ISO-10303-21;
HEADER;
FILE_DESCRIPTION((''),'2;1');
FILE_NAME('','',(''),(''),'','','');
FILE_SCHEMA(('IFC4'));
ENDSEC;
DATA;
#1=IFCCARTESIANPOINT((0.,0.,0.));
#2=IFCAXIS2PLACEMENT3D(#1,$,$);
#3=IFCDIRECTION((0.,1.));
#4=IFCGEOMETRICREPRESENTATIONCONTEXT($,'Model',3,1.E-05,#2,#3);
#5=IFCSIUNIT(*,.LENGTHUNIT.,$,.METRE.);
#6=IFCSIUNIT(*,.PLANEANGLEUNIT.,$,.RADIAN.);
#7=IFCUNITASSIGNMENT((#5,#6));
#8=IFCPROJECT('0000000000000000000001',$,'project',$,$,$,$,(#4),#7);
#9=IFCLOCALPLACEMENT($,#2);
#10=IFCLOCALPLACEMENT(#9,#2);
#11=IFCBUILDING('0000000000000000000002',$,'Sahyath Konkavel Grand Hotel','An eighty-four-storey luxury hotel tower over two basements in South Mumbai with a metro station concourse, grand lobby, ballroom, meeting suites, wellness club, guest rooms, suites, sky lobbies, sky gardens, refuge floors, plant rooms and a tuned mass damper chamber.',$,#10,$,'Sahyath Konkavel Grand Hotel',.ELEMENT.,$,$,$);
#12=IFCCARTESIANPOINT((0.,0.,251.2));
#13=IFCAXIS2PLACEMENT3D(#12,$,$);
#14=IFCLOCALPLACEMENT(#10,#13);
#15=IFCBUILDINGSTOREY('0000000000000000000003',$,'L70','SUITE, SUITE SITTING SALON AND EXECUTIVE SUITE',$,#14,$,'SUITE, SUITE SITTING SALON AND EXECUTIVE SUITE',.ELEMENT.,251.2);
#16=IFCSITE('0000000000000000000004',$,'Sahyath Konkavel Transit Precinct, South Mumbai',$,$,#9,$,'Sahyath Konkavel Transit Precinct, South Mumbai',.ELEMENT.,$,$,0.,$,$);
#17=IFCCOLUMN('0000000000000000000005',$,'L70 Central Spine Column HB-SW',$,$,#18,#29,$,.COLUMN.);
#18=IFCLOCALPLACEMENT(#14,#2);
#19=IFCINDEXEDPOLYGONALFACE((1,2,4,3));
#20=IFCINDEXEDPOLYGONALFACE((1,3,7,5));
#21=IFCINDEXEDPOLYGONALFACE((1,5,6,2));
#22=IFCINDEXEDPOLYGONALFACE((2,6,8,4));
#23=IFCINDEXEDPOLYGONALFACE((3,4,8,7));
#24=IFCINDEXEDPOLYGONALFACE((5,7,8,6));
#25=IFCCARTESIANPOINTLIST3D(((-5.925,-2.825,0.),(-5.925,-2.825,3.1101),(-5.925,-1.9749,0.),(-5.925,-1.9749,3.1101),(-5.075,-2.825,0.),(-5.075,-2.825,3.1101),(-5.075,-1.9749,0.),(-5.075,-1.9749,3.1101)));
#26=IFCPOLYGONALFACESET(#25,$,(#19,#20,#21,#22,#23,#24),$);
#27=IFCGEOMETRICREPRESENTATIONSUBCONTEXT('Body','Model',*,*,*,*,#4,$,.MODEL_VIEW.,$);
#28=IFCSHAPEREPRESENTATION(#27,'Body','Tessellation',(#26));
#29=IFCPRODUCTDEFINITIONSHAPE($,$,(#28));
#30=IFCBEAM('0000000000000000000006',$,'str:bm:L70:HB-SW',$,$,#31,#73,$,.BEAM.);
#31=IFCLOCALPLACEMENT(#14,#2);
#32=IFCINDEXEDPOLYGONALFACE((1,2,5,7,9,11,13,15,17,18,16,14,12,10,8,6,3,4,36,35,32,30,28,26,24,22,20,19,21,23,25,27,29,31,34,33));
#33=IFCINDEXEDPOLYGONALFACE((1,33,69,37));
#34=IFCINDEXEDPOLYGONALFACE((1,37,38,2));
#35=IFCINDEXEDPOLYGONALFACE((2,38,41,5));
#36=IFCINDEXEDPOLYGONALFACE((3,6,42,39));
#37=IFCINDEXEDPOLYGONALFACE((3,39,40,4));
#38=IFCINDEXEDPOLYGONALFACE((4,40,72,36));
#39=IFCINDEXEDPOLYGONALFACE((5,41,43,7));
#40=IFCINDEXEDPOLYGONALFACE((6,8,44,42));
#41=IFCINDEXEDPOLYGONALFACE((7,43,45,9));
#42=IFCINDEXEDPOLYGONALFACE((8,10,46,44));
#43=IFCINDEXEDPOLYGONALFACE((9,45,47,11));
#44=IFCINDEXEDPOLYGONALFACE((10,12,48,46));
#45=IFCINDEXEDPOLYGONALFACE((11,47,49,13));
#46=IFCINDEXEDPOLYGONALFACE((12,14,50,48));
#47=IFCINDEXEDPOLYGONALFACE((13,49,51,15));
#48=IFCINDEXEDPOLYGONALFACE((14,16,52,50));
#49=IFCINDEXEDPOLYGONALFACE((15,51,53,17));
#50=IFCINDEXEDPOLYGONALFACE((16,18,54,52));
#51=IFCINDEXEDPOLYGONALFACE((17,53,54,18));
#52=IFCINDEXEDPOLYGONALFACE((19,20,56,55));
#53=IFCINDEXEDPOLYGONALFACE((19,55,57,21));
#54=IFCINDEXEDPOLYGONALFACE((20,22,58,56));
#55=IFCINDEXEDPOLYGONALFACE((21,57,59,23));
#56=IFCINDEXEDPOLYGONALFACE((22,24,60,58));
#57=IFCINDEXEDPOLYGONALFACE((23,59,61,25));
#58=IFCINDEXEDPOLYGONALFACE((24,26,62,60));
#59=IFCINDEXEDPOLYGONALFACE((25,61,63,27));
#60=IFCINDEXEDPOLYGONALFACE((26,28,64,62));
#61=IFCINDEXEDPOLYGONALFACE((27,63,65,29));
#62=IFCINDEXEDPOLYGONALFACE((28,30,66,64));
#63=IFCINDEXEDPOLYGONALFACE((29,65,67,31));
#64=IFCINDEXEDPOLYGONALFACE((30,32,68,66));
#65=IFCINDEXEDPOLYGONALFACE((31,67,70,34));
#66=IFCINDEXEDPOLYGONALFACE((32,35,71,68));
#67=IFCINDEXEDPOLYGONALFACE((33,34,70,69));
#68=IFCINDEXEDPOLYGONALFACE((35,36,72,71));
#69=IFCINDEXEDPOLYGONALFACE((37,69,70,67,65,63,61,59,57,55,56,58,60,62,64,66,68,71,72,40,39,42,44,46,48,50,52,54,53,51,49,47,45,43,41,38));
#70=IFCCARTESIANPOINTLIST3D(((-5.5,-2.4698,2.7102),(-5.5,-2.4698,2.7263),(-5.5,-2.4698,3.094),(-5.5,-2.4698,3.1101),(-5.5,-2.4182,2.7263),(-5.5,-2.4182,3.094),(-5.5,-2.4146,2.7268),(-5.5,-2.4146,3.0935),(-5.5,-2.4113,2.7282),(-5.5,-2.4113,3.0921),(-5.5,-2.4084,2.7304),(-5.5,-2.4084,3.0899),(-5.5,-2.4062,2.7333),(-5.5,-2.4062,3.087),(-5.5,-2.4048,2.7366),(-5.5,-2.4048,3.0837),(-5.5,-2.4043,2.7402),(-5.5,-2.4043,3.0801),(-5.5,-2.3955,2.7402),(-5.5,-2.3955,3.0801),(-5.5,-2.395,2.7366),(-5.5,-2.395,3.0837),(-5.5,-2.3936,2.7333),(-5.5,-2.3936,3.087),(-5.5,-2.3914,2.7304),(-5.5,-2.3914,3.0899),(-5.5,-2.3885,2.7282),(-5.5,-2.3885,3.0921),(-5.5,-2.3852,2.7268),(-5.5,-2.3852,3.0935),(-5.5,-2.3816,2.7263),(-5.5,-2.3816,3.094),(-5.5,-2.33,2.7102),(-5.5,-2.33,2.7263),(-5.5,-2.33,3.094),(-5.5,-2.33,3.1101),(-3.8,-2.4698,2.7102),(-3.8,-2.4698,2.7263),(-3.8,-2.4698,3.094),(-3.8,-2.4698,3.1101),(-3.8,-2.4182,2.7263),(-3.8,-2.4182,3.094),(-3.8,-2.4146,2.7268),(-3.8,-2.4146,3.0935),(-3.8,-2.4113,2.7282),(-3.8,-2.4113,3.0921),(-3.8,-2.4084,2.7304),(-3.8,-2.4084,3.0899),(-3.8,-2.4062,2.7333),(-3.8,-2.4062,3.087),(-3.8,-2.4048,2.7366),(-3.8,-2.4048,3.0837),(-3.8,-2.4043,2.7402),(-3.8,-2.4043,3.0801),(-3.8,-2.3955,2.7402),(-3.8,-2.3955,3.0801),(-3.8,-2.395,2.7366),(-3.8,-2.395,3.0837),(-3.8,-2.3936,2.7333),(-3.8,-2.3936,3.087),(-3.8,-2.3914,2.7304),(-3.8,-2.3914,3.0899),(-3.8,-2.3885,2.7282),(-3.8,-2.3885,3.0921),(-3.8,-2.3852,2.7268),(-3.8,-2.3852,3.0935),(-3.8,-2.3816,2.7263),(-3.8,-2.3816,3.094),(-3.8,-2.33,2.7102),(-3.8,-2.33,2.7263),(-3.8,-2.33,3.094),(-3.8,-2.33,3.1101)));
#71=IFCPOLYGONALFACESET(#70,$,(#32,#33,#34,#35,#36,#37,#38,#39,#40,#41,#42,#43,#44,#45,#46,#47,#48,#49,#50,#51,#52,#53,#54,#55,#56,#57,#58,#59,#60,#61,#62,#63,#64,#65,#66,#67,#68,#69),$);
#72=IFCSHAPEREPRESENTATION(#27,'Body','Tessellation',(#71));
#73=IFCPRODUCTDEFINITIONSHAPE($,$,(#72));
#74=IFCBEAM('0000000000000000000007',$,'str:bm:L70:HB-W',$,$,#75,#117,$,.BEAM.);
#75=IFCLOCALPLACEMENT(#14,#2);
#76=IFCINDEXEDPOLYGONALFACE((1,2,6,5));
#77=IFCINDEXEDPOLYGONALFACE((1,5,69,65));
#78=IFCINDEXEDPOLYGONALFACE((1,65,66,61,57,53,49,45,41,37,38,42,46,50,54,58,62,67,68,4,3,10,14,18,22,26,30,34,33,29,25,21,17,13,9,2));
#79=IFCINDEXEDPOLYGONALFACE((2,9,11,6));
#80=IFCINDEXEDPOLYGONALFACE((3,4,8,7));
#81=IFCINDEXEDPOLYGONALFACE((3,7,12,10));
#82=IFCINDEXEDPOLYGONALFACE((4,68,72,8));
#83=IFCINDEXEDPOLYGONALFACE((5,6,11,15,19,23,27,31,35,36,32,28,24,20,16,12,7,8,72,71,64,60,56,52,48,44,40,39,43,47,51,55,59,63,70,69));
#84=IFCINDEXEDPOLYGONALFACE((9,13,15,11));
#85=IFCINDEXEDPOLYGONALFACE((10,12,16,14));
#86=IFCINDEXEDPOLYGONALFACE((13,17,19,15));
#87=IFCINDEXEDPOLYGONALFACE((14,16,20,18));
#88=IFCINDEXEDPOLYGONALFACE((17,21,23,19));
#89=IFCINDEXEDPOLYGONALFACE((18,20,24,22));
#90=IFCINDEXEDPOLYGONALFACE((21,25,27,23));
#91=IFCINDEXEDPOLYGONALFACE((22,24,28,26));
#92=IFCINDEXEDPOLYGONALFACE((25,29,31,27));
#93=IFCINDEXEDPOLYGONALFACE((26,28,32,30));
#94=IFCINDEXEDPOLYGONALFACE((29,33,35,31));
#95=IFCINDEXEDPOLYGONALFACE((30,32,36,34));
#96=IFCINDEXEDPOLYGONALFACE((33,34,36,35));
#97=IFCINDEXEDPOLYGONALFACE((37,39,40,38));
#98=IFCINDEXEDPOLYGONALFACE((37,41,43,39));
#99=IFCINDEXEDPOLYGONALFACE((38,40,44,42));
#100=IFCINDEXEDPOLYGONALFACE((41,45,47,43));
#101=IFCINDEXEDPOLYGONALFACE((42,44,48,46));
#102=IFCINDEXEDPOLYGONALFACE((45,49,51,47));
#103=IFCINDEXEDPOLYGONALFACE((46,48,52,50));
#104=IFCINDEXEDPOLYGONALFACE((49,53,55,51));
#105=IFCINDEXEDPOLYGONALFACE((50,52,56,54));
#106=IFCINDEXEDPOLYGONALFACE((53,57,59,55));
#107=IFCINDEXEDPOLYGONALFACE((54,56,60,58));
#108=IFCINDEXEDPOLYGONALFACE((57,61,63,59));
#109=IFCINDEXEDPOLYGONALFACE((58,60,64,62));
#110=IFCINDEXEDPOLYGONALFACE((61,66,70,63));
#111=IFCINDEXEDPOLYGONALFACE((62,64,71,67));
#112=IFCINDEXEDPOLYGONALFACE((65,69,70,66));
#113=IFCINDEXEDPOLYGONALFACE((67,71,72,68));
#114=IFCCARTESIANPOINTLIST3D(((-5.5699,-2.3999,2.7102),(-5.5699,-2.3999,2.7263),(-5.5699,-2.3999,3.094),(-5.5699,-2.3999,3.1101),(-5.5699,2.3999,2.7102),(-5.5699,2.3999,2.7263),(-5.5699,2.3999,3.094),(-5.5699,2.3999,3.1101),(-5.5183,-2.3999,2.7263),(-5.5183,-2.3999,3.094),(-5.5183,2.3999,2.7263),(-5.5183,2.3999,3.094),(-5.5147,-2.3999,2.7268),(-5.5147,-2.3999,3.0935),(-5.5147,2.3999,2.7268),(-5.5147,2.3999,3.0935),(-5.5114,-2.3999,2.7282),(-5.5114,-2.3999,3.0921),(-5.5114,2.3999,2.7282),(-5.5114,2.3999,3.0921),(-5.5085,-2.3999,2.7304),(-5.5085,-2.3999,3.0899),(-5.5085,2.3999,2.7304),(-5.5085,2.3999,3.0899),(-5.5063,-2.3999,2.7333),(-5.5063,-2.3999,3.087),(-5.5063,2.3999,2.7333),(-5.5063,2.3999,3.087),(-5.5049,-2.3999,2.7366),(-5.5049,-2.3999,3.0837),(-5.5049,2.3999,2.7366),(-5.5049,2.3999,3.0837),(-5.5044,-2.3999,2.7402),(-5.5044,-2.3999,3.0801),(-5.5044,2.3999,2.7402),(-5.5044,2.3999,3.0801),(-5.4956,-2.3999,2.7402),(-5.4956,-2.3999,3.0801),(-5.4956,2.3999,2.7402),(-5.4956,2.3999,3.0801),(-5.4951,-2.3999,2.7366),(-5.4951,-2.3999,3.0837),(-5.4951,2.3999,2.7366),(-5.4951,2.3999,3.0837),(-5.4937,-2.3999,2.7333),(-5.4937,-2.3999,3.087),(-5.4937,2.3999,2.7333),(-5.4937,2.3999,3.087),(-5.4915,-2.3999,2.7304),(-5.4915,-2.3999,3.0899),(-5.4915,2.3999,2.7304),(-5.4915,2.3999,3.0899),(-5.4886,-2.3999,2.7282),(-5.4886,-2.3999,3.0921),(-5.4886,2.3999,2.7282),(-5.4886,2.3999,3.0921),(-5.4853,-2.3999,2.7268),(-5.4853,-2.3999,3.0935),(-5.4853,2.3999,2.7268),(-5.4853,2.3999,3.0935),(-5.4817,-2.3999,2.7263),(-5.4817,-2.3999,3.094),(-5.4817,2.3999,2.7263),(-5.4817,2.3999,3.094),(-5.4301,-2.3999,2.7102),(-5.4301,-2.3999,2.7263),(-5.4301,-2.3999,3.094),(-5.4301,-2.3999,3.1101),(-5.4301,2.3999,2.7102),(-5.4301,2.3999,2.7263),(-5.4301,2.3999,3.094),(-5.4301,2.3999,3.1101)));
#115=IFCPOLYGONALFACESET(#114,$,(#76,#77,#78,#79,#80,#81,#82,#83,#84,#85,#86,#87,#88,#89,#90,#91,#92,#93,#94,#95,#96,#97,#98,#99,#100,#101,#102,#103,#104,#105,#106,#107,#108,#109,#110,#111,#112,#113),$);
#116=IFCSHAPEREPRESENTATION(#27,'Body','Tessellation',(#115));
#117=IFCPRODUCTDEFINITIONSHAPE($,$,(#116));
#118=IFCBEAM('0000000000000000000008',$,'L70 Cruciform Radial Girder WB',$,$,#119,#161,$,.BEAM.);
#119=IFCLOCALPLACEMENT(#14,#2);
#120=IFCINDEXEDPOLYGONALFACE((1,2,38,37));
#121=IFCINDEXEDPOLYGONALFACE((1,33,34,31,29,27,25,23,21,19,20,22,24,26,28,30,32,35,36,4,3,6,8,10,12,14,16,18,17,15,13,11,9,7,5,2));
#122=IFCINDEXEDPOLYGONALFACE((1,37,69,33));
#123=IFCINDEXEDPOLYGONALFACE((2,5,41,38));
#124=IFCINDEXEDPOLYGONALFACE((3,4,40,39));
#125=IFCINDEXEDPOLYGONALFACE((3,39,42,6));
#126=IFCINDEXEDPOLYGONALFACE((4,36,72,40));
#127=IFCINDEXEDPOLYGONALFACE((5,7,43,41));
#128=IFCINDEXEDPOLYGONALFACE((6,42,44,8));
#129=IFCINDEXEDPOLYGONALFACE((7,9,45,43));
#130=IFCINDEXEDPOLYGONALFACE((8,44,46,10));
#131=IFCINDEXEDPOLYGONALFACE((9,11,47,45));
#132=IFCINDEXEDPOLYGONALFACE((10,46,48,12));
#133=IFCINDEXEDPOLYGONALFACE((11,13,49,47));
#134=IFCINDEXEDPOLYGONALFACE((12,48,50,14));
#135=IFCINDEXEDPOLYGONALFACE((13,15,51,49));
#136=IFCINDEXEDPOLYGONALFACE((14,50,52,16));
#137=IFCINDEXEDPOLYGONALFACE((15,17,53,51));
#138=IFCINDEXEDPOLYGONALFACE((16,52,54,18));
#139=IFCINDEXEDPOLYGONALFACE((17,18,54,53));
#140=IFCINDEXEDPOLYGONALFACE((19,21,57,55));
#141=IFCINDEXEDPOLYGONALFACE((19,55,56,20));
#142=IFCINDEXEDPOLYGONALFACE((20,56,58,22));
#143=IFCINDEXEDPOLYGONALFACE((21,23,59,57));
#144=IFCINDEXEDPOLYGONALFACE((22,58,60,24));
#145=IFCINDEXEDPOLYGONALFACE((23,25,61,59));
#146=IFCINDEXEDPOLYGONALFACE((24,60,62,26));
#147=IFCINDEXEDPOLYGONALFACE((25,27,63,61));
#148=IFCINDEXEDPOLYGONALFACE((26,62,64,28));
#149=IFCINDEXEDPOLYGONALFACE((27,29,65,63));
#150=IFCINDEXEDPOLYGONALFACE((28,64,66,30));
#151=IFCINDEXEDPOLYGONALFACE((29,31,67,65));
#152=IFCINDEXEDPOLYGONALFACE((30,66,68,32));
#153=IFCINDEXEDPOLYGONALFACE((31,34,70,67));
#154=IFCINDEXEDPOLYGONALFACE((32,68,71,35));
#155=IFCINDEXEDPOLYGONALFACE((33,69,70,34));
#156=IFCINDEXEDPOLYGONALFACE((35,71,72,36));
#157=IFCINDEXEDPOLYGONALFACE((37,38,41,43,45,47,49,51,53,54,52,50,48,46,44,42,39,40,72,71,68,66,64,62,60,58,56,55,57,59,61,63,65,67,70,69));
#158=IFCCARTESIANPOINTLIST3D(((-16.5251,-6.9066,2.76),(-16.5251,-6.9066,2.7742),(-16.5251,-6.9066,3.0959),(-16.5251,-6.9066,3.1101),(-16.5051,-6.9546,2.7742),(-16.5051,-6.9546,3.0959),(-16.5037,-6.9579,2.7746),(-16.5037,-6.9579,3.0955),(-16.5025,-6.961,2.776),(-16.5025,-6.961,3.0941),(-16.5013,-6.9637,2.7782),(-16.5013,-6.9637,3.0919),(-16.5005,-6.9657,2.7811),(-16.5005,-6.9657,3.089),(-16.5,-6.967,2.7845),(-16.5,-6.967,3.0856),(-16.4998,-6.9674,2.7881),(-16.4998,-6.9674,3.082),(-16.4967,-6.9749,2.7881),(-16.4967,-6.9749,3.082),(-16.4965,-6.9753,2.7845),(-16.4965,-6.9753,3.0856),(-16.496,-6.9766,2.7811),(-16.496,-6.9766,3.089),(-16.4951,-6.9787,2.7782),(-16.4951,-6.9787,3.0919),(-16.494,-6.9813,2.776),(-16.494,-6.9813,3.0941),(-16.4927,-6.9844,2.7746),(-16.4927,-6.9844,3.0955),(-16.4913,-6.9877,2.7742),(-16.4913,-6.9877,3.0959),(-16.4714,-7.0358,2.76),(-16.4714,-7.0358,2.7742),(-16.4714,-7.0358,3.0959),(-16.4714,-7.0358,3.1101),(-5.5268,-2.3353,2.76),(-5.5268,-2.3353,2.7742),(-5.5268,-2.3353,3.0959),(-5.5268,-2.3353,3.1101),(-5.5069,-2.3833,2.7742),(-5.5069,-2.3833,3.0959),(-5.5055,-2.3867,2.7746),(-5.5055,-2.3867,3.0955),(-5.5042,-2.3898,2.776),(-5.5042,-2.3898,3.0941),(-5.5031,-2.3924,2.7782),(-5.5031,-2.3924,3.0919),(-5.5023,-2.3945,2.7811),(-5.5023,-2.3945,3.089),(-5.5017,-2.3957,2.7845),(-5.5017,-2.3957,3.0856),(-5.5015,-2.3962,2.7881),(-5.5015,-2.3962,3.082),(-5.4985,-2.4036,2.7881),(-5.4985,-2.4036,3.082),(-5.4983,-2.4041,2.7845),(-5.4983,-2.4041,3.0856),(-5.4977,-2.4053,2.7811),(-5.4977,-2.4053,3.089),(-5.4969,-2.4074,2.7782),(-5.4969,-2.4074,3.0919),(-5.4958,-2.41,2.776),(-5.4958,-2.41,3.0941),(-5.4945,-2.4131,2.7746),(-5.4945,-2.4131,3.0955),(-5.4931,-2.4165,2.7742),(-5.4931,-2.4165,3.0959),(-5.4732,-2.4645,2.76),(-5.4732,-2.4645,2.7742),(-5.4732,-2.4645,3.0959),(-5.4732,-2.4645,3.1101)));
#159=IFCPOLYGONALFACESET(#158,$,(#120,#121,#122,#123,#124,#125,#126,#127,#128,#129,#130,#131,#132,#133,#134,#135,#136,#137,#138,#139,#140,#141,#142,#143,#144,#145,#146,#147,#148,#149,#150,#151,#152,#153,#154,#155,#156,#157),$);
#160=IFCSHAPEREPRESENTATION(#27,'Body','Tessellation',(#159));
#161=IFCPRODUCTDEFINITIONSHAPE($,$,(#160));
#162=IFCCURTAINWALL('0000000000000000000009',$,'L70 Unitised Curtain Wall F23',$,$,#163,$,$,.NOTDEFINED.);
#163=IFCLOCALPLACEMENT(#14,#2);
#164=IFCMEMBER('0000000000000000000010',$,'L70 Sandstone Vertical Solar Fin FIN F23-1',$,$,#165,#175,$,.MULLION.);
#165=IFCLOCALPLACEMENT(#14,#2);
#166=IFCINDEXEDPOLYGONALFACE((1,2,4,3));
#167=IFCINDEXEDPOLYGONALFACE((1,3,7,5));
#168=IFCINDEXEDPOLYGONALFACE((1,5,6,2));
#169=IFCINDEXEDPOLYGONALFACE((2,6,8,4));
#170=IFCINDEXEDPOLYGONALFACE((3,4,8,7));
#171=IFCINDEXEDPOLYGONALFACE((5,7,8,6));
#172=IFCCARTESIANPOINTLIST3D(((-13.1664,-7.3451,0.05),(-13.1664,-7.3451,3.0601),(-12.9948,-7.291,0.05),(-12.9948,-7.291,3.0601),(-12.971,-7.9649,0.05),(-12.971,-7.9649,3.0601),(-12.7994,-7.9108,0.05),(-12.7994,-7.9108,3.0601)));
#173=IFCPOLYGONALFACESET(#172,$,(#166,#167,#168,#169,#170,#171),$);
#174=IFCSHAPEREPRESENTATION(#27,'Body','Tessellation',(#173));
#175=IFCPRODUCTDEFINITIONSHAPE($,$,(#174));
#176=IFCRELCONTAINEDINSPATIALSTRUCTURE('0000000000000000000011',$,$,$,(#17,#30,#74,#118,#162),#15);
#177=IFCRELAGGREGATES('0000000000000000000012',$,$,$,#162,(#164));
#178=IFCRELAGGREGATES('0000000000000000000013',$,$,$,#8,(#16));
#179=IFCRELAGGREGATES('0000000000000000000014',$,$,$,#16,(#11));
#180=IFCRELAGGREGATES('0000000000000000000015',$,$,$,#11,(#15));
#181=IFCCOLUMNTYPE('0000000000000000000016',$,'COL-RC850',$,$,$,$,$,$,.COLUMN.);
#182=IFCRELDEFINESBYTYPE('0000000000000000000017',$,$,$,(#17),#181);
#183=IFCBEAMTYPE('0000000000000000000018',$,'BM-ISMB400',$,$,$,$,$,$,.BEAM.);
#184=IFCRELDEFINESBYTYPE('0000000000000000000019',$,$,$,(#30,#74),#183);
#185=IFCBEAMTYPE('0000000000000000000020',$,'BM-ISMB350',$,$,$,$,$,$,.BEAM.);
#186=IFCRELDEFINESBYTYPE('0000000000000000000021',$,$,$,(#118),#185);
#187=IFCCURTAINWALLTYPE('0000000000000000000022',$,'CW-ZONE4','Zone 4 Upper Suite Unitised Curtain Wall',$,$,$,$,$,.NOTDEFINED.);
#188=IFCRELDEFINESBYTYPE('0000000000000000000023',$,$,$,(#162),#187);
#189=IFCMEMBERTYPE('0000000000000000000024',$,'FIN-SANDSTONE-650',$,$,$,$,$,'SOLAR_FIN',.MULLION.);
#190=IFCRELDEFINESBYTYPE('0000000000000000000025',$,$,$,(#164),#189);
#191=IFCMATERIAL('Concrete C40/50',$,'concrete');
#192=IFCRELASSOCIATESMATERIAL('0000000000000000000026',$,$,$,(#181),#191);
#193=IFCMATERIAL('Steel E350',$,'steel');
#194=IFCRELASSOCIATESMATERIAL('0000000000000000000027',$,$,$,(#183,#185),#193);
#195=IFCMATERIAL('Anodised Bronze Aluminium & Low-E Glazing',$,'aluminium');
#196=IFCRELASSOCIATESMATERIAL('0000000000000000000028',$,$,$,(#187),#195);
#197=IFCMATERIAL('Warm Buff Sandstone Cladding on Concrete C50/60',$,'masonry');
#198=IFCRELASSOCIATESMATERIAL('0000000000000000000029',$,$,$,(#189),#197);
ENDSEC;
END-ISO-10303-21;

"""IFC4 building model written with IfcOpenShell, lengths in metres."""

from ifc_helpers import new_model, si_unit, direction, frame, origin, origin_2d, place, context, subcontext, project, spatial, rectangle, i_section, extrude, source, transform, mapped, material, material_profile, profile_set, type_object, element, aggregate, save


model = new_model("IFC4")

# Units and contexts
model_context = context("Model", 3, precision=1e-05, world=origin(), true_north=direction((0.0, 1.0)))
body_context = subcontext(model_context, "Body", "Model", "MODEL_VIEW")
ifc_project = project(units=[si_unit("LENGTHUNIT", "METRE"), si_unit("PLANEANGLEUNIT", "RADIAN")], contexts=[model_context])

# Site, building, storey
site_placement = place(None, origin())
site = spatial("IfcSite", under=ifc_project, at=site_placement, Name="Sahyath Konkavel Transit Precinct, South Mumbai", LongName="Sahyath Konkavel Transit Precinct, South Mumbai", CompositionType="ELEMENT", RefElevation=0.0)
building_placement = place(site_placement, origin())
building = spatial("IfcBuilding", under=site, at=building_placement, Name="Sahyath Konkavel Grand Hotel", Description="An eighty-four-storey luxury hotel tower over two basements in South Mumbai with a metro station concourse, grand lobby, ballroom, meeting suites, wellness club, guest rooms, suites, sky lobbies, sky gardens, refuge floors, plant rooms and a tuned mass damper chamber.", LongName="Sahyath Konkavel Grand Hotel", CompositionType="ELEMENT")
storey_placement = place(building_placement, frame((0.0, 0.0, 251.2)))
storey = spatial("IfcBuildingStorey", under=building, at=storey_placement, Name="L70", Description="SUITE, SUITE SITTING SALON AND EXECUTIVE SUITE", LongName="SUITE, SUITE SITTING SALON AND EXECUTIVE SUITE", CompositionType="ELEMENT", Elevation=251.2)

# Column
ifc_material_1 = material(Name="Concrete C40/50", Category="concrete")
ifc_material_profile_1 = material_profile(ifc_material_1, rectangle(XDim=0.8501, YDim=0.8501, at=origin_2d()), Name="RC 850x850")
ifc_profile_set_1 = profile_set([ifc_material_profile_1], Name="Concrete C40/50")
column_type = type_object("IfcColumnType", Name="COL-RC850", PredefinedType="COLUMN", material=ifc_profile_set_1)
shared_shape_1 = source(origin(), body_context, "Body", "SweptSolid", [
    extrude(rectangle(XDim=0.8501, YDim=0.8501, at=origin_2d()), origin(), (0.0, 0.0, 1.0), 3.1101),
])
column_placement = place(storey_placement, frame((-5.5, -2.3999, 0.0), z_axis=(0.0, 0.0, 1.0), x_axis=(1.0, 0.0, 0.0)))
element("IfcColumn", 1, at=column_placement, inside=storey, type_object=column_type, Name="L70 Central Spine Column HB-SW", PredefinedType="COLUMN", context=body_context, shape_type="MappedRepresentation", body=[
    mapped(shared_shape_1, transform((0.0, 0.0, 0.0), scale=1.0)),
])

# Beams
ifc_material_2 = material(Name="Steel E350", Category="steel")
ifc_material_profile_2 = material_profile(ifc_material_2, i_section(OverallWidth=0.1399, OverallDepth=0.3999, WebThickness=0.0088, FlangeThickness=0.0161, FilletRadius=0.0139, at=origin_2d()), Name="ISMB 400")
ifc_profile_set_2 = profile_set([ifc_material_profile_2], Name="Steel E350")
beam_type_1 = type_object("IfcBeamType", Name="BM-ISMB400", PredefinedType="BEAM", material=ifc_profile_set_2)
shared_shape_2 = source(origin(), body_context, "Body", "SweptSolid", [
    extrude(i_section(OverallWidth=0.1399, OverallDepth=0.3999, WebThickness=0.0088, FlangeThickness=0.0161, FilletRadius=0.0139, at=origin_2d()), origin(), (0.0, 0.0, 1.0), 1.7),
])
beam_1_placement = place(storey_placement, frame((-5.5, -2.3999, 2.9102), z_axis=(1.0, 0.0, 0.0), x_axis=(0.0, 1.0, 0.0)))
element("IfcBeam", 2, at=beam_1_placement, inside=storey, type_object=beam_type_1, Name="str:bm:L70:HB-SW", PredefinedType="BEAM", context=body_context, shape_type="MappedRepresentation", body=[
    mapped(shared_shape_2, transform((0.0, 0.0, 0.0), scale=1.0)),
])
shared_shape_3 = source(origin(), body_context, "Body", "SweptSolid", [
    extrude(i_section(OverallWidth=0.1399, OverallDepth=0.3999, WebThickness=0.0088, FlangeThickness=0.0161, FilletRadius=0.0139, at=origin_2d()), origin(), (0.0, 0.0, 1.0), 4.7998),
])
beam_2_placement = place(storey_placement, frame((-5.5, -2.3999, 2.9102), z_axis=(0.0, 1.0, 0.0), x_axis=(-1.0, 0.0, 0.0)))
element("IfcBeam", 3, at=beam_2_placement, inside=storey, type_object=beam_type_1, Name="str:bm:L70:HB-W", PredefinedType="BEAM", context=body_context, shape_type="MappedRepresentation", body=[
    mapped(shared_shape_3, transform((0.0, 0.0, 0.0), scale=1.0)),
])
ifc_material_profile_3 = material_profile(ifc_material_2, i_section(OverallWidth=0.1399, OverallDepth=0.3501, WebThickness=0.0081, FlangeThickness=0.0142, FilletRadius=0.0139, at=origin_2d()), Name="ISMB 350")
ifc_profile_set_3 = profile_set([ifc_material_profile_3], Name="Steel E350")
beam_type_2 = type_object("IfcBeamType", Name="BM-ISMB350", PredefinedType="BEAM", material=ifc_profile_set_3)
shared_shape_4 = source(origin(), body_context, "Body", "SweptSolid", [
    extrude(i_section(OverallWidth=0.1399, OverallDepth=0.3501, WebThickness=0.0081, FlangeThickness=0.0142, FilletRadius=0.0139, at=origin_2d()), origin(), (0.0, 0.0, 1.0), 11.9104),
])
beam_3_placement = place(storey_placement, frame((-5.5, -2.3999, 2.9351), z_axis=(-0.923414, -0.383805, 0.0), x_axis=(0.383805, -0.923414, 0.0)))
element("IfcBeam", 4, at=beam_3_placement, inside=storey, type_object=beam_type_2, Name="L70 Cruciform Radial Girder WB", PredefinedType="BEAM", context=body_context, shape_type="MappedRepresentation", body=[
    mapped(shared_shape_4, transform((0.0, 0.0, 0.0), scale=1.0)),
])

# Curtain wall, member
ifc_material_3 = material(Name="Anodised Bronze Aluminium & Low-E Glazing", Category="aluminium")
curtain_wall_type = type_object("IfcCurtainWallType", Name="CW-ZONE4", Description="Zone 4 Upper Suite Unitised Curtain Wall", PredefinedType="NOTDEFINED", material=ifc_material_3)
curtain_wall_placement = place(storey_placement, origin())
curtain_wall = element("IfcCurtainWall", 5, at=curtain_wall_placement, inside=storey, type_object=curtain_wall_type, Name="L70 Unitised Curtain Wall F23", PredefinedType="NOTDEFINED")
ifc_material_4 = material(Name="Warm Buff Sandstone Cladding on Concrete C50/60", Category="masonry")
ifc_material_profile_4 = material_profile(ifc_material_4, rectangle(XDim=0.1799, YDim=0.6499, at=origin_2d()), Name="FIN 180x650")
ifc_profile_set_4 = profile_set([ifc_material_profile_4], Name="Warm Buff Sandstone Cladding on Concrete C50/60")
member_type_1 = type_object("IfcMemberType", Name="FIN-SANDSTONE-650", ElementType="SOLAR_FIN", PredefinedType="MULLION", material=ifc_profile_set_4)
shared_shape_5 = source(origin(), body_context, "Body", "SweptSolid", [
    extrude(rectangle(XDim=0.1799, YDim=0.6499, at=origin_2d()), origin(), (0.0, 0.0, 1.0), 3.01),
])
member_1_placement = place(storey_placement, frame((-12.9829, -7.6279, 0.05), z_axis=(0.0, 0.0, 1.0), x_axis=(0.953717, 0.300706, 0.0)))
member_1 = element("IfcMember", 6, at=member_1_placement, type_object=member_type_1, Name="L70 Sandstone Vertical Solar Fin FIN F23-1", PredefinedType="MULLION", context=body_context, shape_type="MappedRepresentation", body=[
    mapped(shared_shape_5, transform((0.0, 0.0, 0.0), scale=1.0)),
])

aggregate(curtain_wall, [member_1])

save(model, "model.ifc")
